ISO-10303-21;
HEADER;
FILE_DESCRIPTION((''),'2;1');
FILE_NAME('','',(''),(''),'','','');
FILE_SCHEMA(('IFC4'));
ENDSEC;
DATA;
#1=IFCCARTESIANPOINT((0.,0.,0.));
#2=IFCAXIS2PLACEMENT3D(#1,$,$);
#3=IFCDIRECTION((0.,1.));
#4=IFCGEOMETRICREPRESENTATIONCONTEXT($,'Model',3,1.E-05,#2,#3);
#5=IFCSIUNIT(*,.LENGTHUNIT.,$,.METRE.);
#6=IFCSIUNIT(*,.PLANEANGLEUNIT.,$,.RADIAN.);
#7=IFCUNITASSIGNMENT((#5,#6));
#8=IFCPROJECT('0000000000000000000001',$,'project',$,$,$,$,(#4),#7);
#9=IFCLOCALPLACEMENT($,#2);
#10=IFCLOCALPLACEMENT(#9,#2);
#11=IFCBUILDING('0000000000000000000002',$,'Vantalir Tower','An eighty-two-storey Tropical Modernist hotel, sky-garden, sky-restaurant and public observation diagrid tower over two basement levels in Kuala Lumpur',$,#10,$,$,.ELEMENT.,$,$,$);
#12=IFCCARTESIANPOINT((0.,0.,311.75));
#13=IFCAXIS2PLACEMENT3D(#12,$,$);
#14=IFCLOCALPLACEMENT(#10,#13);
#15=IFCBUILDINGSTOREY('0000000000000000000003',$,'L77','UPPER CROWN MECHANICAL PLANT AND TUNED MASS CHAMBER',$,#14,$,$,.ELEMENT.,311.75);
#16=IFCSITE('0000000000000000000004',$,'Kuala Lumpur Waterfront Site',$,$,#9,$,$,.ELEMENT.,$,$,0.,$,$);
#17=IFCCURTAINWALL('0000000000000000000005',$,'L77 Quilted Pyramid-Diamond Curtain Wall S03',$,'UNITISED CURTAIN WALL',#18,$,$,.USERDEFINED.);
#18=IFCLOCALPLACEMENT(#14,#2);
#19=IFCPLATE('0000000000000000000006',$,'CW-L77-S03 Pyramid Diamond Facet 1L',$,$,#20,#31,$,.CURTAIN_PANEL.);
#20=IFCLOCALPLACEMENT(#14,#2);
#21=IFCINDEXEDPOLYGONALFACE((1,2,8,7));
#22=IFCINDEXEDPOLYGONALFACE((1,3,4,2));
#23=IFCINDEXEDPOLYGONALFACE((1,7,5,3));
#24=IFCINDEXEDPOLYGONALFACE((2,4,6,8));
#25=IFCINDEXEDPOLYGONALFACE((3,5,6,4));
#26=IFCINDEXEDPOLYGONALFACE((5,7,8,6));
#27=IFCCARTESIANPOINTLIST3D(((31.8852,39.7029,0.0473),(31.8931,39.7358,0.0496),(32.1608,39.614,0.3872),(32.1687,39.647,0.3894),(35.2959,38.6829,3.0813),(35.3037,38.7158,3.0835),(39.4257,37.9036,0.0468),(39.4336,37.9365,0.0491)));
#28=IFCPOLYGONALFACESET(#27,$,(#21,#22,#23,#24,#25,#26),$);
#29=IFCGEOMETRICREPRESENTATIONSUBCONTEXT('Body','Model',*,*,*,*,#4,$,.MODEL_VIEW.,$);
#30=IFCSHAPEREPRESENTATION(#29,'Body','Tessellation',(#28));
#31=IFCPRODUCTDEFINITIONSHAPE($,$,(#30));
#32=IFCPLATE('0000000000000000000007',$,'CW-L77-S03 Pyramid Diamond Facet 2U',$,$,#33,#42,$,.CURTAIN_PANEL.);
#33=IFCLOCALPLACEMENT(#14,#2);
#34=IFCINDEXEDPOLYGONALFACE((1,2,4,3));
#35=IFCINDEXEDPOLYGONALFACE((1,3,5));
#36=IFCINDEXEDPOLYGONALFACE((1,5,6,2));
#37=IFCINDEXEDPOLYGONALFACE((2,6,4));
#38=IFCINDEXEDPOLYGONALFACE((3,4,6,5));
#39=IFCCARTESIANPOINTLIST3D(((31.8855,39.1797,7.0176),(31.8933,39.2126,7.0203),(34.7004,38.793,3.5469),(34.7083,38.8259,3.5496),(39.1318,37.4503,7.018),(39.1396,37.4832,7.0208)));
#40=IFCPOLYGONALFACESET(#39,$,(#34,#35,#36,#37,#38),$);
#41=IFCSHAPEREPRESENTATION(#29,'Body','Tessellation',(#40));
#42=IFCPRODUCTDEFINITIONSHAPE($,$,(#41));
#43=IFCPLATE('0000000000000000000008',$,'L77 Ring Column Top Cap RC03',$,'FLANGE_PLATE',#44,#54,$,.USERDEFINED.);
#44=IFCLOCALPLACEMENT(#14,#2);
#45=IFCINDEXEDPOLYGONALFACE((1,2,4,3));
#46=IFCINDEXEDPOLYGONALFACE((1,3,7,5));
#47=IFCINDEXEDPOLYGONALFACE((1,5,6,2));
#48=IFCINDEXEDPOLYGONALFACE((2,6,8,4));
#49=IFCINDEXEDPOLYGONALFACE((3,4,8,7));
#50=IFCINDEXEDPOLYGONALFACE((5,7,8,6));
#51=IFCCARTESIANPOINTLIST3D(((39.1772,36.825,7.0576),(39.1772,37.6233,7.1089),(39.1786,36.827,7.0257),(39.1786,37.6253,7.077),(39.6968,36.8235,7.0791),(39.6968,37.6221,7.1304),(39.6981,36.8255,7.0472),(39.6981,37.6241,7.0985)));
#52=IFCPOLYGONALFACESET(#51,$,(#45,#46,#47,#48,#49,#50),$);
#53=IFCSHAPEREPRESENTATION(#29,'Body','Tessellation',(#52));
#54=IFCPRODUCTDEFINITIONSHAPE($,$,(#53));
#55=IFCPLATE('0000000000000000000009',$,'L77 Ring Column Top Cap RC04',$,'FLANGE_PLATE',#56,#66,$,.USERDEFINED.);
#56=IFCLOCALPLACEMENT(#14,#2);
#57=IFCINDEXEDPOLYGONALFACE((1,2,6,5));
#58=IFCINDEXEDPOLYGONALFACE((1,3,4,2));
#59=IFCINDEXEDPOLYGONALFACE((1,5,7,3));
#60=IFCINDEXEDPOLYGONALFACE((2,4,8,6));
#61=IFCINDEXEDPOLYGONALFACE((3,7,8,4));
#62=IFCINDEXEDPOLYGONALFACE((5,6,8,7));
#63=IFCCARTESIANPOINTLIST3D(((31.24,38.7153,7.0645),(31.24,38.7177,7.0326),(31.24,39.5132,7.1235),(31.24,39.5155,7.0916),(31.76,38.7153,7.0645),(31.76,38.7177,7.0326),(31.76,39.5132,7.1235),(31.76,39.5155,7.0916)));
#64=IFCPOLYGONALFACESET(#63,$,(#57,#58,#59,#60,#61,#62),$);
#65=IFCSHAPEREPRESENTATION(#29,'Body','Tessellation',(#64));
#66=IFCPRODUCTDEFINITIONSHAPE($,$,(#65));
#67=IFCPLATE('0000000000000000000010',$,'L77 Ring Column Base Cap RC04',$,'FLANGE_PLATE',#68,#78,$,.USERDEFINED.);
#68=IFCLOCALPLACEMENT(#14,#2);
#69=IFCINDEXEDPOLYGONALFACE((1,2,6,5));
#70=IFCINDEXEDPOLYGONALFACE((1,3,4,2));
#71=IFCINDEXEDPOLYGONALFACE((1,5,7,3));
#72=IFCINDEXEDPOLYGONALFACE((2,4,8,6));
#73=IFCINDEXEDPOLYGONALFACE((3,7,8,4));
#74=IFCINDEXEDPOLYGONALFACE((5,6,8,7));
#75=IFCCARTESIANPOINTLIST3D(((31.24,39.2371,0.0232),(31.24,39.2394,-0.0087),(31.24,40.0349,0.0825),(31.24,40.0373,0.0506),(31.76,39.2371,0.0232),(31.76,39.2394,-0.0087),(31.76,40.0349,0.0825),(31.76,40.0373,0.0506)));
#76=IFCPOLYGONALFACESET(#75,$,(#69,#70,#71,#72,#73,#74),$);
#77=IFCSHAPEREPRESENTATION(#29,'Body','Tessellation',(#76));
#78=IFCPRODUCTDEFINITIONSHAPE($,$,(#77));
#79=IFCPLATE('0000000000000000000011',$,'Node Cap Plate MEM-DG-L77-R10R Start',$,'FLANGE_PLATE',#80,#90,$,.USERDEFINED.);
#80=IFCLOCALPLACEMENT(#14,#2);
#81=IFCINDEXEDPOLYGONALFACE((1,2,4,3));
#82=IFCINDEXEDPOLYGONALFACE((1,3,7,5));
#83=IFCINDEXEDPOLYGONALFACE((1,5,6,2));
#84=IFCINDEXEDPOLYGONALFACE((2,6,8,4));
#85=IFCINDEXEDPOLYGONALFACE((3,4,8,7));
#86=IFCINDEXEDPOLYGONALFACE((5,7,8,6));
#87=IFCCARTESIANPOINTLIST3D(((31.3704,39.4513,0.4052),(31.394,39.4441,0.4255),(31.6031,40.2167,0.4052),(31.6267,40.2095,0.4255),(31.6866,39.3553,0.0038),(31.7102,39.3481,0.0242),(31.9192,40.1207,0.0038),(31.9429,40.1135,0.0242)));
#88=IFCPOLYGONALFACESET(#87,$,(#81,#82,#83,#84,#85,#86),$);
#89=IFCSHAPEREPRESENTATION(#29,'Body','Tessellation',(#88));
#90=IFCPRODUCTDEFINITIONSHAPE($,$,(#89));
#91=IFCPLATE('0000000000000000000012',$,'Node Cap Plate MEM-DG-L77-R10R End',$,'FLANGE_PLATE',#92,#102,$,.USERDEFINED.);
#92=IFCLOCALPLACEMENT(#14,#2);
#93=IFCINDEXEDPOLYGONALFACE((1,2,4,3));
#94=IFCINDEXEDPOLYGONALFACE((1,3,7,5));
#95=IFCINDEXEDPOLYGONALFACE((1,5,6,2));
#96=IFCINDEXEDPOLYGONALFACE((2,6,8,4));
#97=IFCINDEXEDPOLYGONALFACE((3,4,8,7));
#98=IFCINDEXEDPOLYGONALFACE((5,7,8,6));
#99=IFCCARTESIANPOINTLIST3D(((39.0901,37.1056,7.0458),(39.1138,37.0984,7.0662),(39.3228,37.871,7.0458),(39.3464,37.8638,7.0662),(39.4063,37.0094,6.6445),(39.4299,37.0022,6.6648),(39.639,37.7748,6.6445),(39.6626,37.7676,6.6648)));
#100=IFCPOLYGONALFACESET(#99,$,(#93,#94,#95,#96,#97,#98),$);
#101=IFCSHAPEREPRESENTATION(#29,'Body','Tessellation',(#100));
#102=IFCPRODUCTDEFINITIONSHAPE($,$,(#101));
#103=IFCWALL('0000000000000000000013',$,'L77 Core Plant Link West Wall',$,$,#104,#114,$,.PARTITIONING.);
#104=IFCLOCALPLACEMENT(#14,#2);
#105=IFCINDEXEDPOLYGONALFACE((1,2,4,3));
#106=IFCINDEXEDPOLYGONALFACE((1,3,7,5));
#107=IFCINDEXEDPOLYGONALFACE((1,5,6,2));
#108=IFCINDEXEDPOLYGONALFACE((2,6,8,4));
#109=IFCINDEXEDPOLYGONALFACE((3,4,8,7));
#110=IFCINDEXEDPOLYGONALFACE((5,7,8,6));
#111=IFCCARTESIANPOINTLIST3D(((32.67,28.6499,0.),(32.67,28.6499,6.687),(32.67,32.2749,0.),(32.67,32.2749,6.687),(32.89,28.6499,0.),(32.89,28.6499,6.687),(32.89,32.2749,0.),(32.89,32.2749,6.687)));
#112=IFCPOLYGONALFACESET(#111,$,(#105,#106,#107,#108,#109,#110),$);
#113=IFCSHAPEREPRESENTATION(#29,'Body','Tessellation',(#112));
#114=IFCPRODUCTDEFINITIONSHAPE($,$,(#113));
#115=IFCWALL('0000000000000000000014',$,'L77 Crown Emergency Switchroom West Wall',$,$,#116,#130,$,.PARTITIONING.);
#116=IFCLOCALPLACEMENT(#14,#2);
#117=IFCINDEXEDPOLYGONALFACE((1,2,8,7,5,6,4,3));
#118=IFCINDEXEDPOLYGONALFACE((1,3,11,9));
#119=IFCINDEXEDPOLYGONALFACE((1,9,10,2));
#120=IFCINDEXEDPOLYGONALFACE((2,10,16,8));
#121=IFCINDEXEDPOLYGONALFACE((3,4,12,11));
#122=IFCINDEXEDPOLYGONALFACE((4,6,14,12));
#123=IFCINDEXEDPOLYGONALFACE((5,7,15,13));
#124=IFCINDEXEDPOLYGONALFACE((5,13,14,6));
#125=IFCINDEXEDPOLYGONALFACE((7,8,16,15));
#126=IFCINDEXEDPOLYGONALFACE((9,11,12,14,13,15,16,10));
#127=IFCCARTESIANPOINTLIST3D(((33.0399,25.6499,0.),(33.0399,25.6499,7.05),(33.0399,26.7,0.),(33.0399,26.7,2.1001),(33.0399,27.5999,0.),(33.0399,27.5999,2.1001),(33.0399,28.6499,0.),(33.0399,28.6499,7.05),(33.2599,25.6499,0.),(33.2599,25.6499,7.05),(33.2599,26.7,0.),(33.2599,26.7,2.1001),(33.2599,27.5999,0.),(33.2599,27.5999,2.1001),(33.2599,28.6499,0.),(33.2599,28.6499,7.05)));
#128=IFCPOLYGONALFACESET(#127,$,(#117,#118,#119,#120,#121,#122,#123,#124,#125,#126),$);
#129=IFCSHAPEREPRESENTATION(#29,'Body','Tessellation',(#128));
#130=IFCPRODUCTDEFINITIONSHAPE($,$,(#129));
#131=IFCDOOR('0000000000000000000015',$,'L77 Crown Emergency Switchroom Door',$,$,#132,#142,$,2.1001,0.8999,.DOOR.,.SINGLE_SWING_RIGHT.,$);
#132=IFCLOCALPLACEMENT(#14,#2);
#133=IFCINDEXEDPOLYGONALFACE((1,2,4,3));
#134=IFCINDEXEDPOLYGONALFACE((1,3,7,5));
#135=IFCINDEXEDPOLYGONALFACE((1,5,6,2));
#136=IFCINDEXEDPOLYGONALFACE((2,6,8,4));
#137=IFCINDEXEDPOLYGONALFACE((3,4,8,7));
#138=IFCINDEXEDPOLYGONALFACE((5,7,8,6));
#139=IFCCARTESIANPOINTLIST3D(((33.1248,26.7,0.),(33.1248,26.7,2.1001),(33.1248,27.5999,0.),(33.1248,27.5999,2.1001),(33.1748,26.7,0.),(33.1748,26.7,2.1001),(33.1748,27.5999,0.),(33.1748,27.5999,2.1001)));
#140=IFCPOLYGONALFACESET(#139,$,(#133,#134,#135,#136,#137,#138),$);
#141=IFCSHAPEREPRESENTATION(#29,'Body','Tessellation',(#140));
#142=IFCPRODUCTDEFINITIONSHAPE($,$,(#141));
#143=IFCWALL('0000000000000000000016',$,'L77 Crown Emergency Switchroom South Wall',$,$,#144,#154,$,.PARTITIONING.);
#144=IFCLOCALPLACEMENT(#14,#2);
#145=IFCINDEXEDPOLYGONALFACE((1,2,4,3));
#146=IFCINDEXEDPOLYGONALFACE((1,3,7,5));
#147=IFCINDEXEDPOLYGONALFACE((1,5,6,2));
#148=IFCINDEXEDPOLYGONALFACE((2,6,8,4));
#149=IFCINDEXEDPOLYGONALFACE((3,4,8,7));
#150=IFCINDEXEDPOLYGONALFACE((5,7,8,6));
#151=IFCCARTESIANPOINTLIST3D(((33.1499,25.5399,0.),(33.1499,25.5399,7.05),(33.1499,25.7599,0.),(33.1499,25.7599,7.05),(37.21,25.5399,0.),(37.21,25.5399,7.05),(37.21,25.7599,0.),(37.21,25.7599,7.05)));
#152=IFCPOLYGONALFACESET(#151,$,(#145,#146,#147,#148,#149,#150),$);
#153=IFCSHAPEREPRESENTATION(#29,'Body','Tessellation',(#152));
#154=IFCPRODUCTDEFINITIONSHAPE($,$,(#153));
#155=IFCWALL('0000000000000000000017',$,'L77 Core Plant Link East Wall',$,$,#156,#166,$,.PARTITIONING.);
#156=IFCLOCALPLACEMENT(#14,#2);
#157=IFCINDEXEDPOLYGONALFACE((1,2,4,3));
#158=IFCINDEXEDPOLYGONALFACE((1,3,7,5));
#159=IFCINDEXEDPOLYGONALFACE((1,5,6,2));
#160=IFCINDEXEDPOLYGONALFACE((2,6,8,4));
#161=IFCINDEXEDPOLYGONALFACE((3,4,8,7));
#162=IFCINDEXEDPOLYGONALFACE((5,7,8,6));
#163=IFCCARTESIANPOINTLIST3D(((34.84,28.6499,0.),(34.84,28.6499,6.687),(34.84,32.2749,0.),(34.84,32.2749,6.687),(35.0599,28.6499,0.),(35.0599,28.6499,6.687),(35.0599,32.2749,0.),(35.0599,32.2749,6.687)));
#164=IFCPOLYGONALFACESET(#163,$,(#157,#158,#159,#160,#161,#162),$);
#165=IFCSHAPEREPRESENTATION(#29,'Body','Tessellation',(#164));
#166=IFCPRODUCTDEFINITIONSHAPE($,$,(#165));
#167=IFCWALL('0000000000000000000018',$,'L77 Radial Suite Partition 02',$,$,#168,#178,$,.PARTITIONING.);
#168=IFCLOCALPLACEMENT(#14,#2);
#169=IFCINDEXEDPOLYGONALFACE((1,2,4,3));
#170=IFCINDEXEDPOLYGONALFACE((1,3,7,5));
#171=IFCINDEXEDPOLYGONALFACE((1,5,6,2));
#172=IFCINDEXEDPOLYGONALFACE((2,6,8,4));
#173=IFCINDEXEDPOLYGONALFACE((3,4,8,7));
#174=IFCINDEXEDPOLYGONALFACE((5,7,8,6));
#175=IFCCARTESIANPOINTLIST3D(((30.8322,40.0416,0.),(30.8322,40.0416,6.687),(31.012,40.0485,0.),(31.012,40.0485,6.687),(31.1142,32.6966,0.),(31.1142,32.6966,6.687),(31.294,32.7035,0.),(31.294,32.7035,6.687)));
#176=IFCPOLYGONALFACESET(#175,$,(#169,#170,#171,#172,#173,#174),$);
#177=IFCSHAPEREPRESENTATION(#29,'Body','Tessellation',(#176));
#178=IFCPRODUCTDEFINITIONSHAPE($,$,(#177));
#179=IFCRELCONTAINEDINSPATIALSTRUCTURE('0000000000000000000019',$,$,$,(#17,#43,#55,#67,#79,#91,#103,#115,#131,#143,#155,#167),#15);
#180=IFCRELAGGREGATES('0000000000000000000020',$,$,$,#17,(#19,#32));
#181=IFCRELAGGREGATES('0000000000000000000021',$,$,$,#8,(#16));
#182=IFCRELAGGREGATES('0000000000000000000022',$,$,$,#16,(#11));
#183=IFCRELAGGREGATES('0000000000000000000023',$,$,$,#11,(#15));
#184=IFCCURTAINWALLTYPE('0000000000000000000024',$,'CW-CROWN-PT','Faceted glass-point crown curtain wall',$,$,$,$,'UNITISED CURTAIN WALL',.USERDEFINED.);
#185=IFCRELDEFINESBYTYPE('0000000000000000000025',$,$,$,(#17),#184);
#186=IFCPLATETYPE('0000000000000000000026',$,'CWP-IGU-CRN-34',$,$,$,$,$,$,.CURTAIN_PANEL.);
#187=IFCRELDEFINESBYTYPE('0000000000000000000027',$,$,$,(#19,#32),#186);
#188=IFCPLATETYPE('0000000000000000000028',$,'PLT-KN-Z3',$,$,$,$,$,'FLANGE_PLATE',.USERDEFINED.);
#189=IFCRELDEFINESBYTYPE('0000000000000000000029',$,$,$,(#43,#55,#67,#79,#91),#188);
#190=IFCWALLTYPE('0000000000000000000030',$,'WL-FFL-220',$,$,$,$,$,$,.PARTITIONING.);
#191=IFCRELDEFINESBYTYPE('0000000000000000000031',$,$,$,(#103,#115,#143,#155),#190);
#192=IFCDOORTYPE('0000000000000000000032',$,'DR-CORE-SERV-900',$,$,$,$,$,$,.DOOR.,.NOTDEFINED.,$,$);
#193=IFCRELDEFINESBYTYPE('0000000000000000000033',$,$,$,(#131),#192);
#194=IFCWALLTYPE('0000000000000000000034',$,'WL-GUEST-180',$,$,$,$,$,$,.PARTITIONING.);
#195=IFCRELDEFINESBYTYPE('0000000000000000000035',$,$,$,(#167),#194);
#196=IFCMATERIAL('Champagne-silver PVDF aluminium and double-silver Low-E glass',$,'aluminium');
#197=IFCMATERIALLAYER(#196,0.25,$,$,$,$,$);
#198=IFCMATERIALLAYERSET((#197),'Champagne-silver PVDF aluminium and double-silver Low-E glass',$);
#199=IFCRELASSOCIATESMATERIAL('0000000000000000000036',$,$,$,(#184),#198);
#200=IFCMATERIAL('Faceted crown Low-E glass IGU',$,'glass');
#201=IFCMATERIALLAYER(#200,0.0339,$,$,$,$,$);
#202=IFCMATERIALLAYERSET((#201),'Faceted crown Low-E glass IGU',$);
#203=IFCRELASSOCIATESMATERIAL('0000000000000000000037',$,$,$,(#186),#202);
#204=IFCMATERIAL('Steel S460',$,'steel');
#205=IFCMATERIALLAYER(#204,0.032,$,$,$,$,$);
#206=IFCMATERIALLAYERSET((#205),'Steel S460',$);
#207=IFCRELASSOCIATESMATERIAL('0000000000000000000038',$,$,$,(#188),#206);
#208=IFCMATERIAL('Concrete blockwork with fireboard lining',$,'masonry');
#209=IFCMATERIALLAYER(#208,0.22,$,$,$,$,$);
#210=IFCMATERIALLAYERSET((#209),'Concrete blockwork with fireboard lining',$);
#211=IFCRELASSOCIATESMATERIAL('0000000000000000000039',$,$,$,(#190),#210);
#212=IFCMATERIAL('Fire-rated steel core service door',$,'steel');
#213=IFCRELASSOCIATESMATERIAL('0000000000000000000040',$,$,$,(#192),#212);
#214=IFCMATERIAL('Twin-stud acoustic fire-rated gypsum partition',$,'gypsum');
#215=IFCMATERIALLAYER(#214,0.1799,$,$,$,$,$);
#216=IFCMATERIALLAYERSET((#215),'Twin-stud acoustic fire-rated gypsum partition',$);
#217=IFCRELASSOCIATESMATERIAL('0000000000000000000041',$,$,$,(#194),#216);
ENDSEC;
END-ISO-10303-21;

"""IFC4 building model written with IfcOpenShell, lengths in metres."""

from ifc_helpers import new_model, si_unit, direction, frame, frame_2d, origin, place, context, subcontext, project, spatial, polyline, rectangle, outline, extrude, material, layer, layer_set, type_object, element, fill, aggregate, save


model = new_model("IFC4")

# Units and contexts
model_context = context("Model", 3, precision=1e-05, world=origin(), true_north=direction((0.0, 1.0)))
body_context = subcontext(model_context, "Body", "Model", "MODEL_VIEW")
ifc_project = project(units=[si_unit("LENGTHUNIT", "METRE"), si_unit("PLANEANGLEUNIT", "RADIAN")], contexts=[model_context])

# Site, building, storey
site_placement = place(None, origin())
site = spatial("IfcSite", under=ifc_project, at=site_placement, Name="Kuala Lumpur Waterfront Site", CompositionType="ELEMENT", RefElevation=0.0)
building_placement = place(site_placement, origin())
building = spatial("IfcBuilding", under=site, at=building_placement, Name="Vantalir Tower", Description="An eighty-two-storey Tropical Modernist hotel, sky-garden, sky-restaurant and public observation diagrid tower over two basement levels in Kuala Lumpur", CompositionType="ELEMENT")
storey_placement = place(building_placement, frame((0.0, 0.0, 311.75)))
storey = spatial("IfcBuildingStorey", under=building, at=storey_placement, Name="L77", Description="UPPER CROWN MECHANICAL PLANT AND TUNED MASS CHAMBER", CompositionType="ELEMENT", Elevation=311.75)

# Shared definitions
ifc_material_1 = material(Name="Steel S460", Category="steel")

# Curtain wall
ifc_material_2 = material(Name="Champagne-silver PVDF aluminium and double-silver Low-E glass", Category="aluminium")
ifc_layer_1 = layer(ifc_material_2, 0.25)
ifc_layer_set_1 = layer_set([ifc_layer_1], Name="Champagne-silver PVDF aluminium and double-silver Low-E glass")
curtain_wall_type = type_object("IfcCurtainWallType", Name="CW-CROWN-PT", Description="Faceted glass-point crown curtain wall", ElementType="UNITISED CURTAIN WALL", PredefinedType="USERDEFINED", material=ifc_layer_set_1)
curtain_wall_1_placement = place(storey_placement, origin())
curtain_wall_1 = element("IfcCurtainWall", 1, at=curtain_wall_1_placement, inside=storey, type_object=curtain_wall_type, Name="L77 Quilted Pyramid-Diamond Curtain Wall S03", ObjectType="UNITISED CURTAIN WALL", PredefinedType="USERDEFINED")

# Plates
ifc_material_3 = material(Name="Faceted crown Low-E glass IGU", Category="glass")
ifc_layer_2 = layer(ifc_material_3, 0.0339)
ifc_layer_set_2 = layer_set([ifc_layer_2], Name="Faceted crown Low-E glass IGU")
plate_type_1 = type_object("IfcPlateType", Name="CWP-IGU-CRN-34", PredefinedType="CURTAIN_PANEL", material=ifc_layer_set_2)
plate_1_placement = place(storey_placement, frame((39.4336, 37.9365, 0.0491), z_axis=(0.231602, 0.970573, 0.065951), x_axis=(-0.972691, 0.232103, 0.000063)))
plate_1 = element("IfcPlate", 2, at=plate_1_placement, type_object=plate_type_1, Name="CW-L77-S03 Pyramid Diamond Facet 1L", PredefinedType="CURTAIN_PANEL", context=body_context, shape_type="SweptSolid", body=[
    extrude(outline(polyline([(0.0, 0.0), (7.7522, 0.0), (7.4635, 0.3406), (4.1982, 3.0408), (0.0, 0.0)])), origin(), (0.0, 0.0, -1.0), 0.0339),
])
plate_2_placement = place(storey_placement, frame((31.8933, 39.2126, 7.0203), z_axis=(0.231408, 0.969591, 0.07965), x_axis=(0.97268, -0.232151, 0.000066)))
plate_2 = element("IfcPlate", 3, at=plate_2_placement, type_object=plate_type_1, Name="CW-L77-S03 Pyramid Diamond Facet 2U", PredefinedType="CURTAIN_PANEL", context=body_context, shape_type="SweptSolid", body=[
    extrude(outline(polyline([(0.0, 0.0), (7.4499, 0.0), (2.8276, 3.482), (0.0, 0.0)])), origin(), (0.0, 0.0, -1.0), 0.0339),
])
aggregate(curtain_wall_1, [plate_1, plate_2])

# Plates
ifc_layer_3 = layer(ifc_material_1, 0.032)
ifc_layer_set_3 = layer_set([ifc_layer_3], Name="Steel S460")
plate_type_2 = type_object("IfcPlateType", Name="PLT-KN-Z3", ElementType="FLANGE_PLATE", PredefinedType="USERDEFINED", material=ifc_layer_set_3)
plate_3_placement = place(storey_placement, frame((39.1772, 37.6233, 7.1089), z_axis=(-0.041398, -0.064023, 0.997089), x_axis=(0.0, -0.997945, -0.064078)))
element("IfcPlate", 4, at=plate_3_placement, inside=storey, type_object=plate_type_2, Name="L77 Ring Column Top Cap RC03", ObjectType="FLANGE_PLATE", PredefinedType="USERDEFINED", context=body_context, shape_type="SweptSolid", body=[
    extrude(outline(polyline([(0.0, 0.0), (0.8, 0.0), (0.8001, 0.52), (-0.0002, 0.52), (0.0, 0.0)])), origin(), (0.0, 0.0, -1.0), 0.032),
])
plate_4_placement = place(storey_placement, frame((31.24, 39.5132, 7.1235), z_axis=(0.0, -0.073849, 0.997269), x_axis=(0.0, -0.997269, -0.073849)))
element("IfcPlate", 5, at=plate_4_placement, inside=storey, type_object=plate_type_2, Name="L77 Ring Column Top Cap RC04", ObjectType="FLANGE_PLATE", PredefinedType="USERDEFINED", context=body_context, shape_type="SweptSolid", body=[
    extrude(outline(polyline([(0.0, 0.0), (0.8, 0.0), (0.8, 0.52), (0.0, 0.52), (0.0, 0.0)])), origin(), (0.0, 0.0, -1.0), 0.032),
])
plate_5_placement = place(storey_placement, frame((31.24, 40.0349, 0.0825), z_axis=(0.0, -0.074153, 0.997247), x_axis=(0.0, -0.997247, -0.074153)))
element("IfcPlate", 6, at=plate_5_placement, inside=storey, type_object=plate_type_2, Name="L77 Ring Column Base Cap RC04", ObjectType="FLANGE_PLATE", PredefinedType="USERDEFINED", context=body_context, shape_type="SweptSolid", body=[
    extrude(outline(polyline([(0.0, 0.0), (0.8001, 0.0), (0.8001, 0.52), (0.0, 0.52), (0.0, 0.0)])), origin(), (0.0, 0.0, -1.0), 0.032),
])
plate_6_placement = place(storey_placement, frame((31.7102, 39.3481, 0.0242), z_axis=(0.738684, -0.22455, 0.63555), x_axis=(0.290846, 0.95677, 0.0)))
element("IfcPlate", 7, at=plate_6_placement, inside=storey, type_object=plate_type_2, Name="Node Cap Plate MEM-DG-L77-R10R Start", ObjectType="FLANGE_PLATE", PredefinedType="USERDEFINED", context=body_context, shape_type="SweptSolid", body=[
    extrude(outline(polyline([(0.0, 0.0), (0.8, 0.0), (0.7998, 0.5199), (-0.0002, 0.5199), (0.0, 0.0)])), origin(), (0.0, 0.0, -1.0), 0.032),
])
plate_7_placement = place(storey_placement, frame((39.4299, 37.0022, 6.6648), z_axis=(0.73862, -0.224531, 0.635631), x_axis=(0.290846, 0.95677, 0.0)))
element("IfcPlate", 8, at=plate_7_placement, inside=storey, type_object=plate_type_2, Name="Node Cap Plate MEM-DG-L77-R10R End", ObjectType="FLANGE_PLATE", PredefinedType="USERDEFINED", context=body_context, shape_type="SweptSolid", body=[
    extrude(outline(polyline([(0.0, 0.0), (0.8, 0.0), (0.8, 0.5199), (0.0001, 0.5199), (0.0, 0.0)])), origin(), (0.0, 0.0, -1.0), 0.032),
])

# Wall
ifc_material_4 = material(Name="Concrete blockwork with fireboard lining", Category="masonry")
ifc_layer_4 = layer(ifc_material_4, 0.22)
ifc_layer_set_4 = layer_set([ifc_layer_4], Name="Concrete blockwork with fireboard lining")
wall_type_1 = type_object("IfcWallType", Name="WL-FFL-220", PredefinedType="PARTITIONING", material=ifc_layer_set_4)
wall_1_placement = place(storey_placement, frame((32.78, 28.6499, 0.0), z_axis=(0.0, 0.0, 1.0), x_axis=(0.0, 1.0, 0.0)))
element("IfcWall", 9, at=wall_1_placement, inside=storey, type_object=wall_type_1, Name="L77 Core Plant Link West Wall", PredefinedType="PARTITIONING", context=body_context, shape_type="SweptSolid", body=[
    extrude(rectangle(XDim=3.625, YDim=0.22, at=frame_2d((1.8125, 0.0))), origin(), (0.0, 0.0, 1.0), 6.687),
])

# Wall, opening, door
wall_2_placement = place(storey_placement, frame((33.1499, 25.6499, 0.0), z_axis=(0.0, 0.0, 1.0), x_axis=(0.0, 1.0, 0.0)))
wall_2 = element("IfcWall", 10, at=wall_2_placement, inside=storey, type_object=wall_type_1, Name="L77 Crown Emergency Switchroom West Wall", PredefinedType="PARTITIONING", context=body_context, shape_type="SweptSolid", body=[
    extrude(rectangle(XDim=3.0, YDim=0.22, at=frame_2d((1.5, 0.0))), origin(), (0.0, 0.0, 1.0), 7.05),
])
opening_placement = place(wall_2_placement, frame((1.05, 0.0, 0.0)))
opening = element("IfcOpeningElement", 11, at=opening_placement, cuts=wall_2, PredefinedType="OPENING", context=body_context, shape_type="SweptSolid", body=[
    extrude(rectangle(XDim=0.8999, YDim=2.1001, at=frame_2d((0.45, 1.05))), frame((0.0, 0.1199, 0.0), z_axis=(0.0, -1.0, 0.0), x_axis=(1.0, 0.0, 0.0)), (0.0, 0.0, 1.0), 0.24),
])
ifc_material_5 = material(Name="Fire-rated steel core service door", Category="steel")
door_type = type_object("IfcDoorType", Name="DR-CORE-SERV-900", OperationType="NOTDEFINED", PredefinedType="DOOR", material=ifc_material_5)
door_placement = place(opening_placement, frame((0.8999, 0.0, 0.0), z_axis=(0.0, 0.0, 1.0), x_axis=(-1.0, 0.0, 0.0)))
door = element("IfcDoor", 12, at=door_placement, inside=storey, type_object=door_type, Name="L77 Crown Emergency Switchroom Door", OperationType="SINGLE_SWING_RIGHT", OverallHeight=2.1001, OverallWidth=0.8999, PredefinedType="DOOR", context=body_context, shape_type="SweptSolid", body=[
    extrude(rectangle(XDim=0.8999, YDim=2.1001, at=frame_2d((0.45, 1.05))), frame((0.0, 0.0249, 0.0), z_axis=(0.0, -1.0, 0.0), x_axis=(1.0, 0.0, 0.0)), (0.0, 0.0, 1.0), 0.05),
])
fill(opening, door)

# Walls
wall_3_placement = place(storey_placement, frame((33.1499, 25.6499, 0.0), z_axis=(0.0, 0.0, 1.0), x_axis=(1.0, 0.0, 0.0)))
element("IfcWall", 13, at=wall_3_placement, inside=storey, type_object=wall_type_1, Name="L77 Crown Emergency Switchroom South Wall", PredefinedType="PARTITIONING", context=body_context, shape_type="SweptSolid", body=[
    extrude(rectangle(XDim=4.0601, YDim=0.22, at=frame_2d((2.03, 0.0))), origin(), (0.0, 0.0, 1.0), 7.05),
])
wall_4_placement = place(storey_placement, frame((34.95, 28.6499, 0.0), z_axis=(0.0, 0.0, 1.0), x_axis=(0.0, 1.0, 0.0)))
element("IfcWall", 14, at=wall_4_placement, inside=storey, type_object=wall_type_1, Name="L77 Core Plant Link East Wall", PredefinedType="PARTITIONING", context=body_context, shape_type="SweptSolid", body=[
    extrude(rectangle(XDim=3.625, YDim=0.22, at=frame_2d((1.8125, 0.0))), origin(), (0.0, 0.0, 1.0), 6.687),
])
ifc_material_6 = material(Name="Twin-stud acoustic fire-rated gypsum partition", Category="gypsum")
ifc_layer_5 = layer(ifc_material_6, 0.1799)
ifc_layer_set_5 = layer_set([ifc_layer_5], Name="Twin-stud acoustic fire-rated gypsum partition")
wall_type_2 = type_object("IfcWallType", Name="WL-GUEST-180", PredefinedType="PARTITIONING", material=ifc_layer_set_5)
wall_5_placement = place(storey_placement, frame((31.2041, 32.7, 0.0), z_axis=(0.0, 0.0, 1.0), x_axis=(-0.038363, 0.999264, 0.0)))
element("IfcWall", 15, at=wall_5_placement, inside=storey, type_object=wall_type_2, Name="L77 Radial Suite Partition 02", PredefinedType="PARTITIONING", context=body_context, shape_type="SweptSolid", body=[
    extrude(rectangle(XDim=7.3503, YDim=0.1799, at=frame_2d((3.6753, 0.0))), origin(), (0.0, 0.0, 1.0), 6.687),
])

save(model, "model.ifc")
